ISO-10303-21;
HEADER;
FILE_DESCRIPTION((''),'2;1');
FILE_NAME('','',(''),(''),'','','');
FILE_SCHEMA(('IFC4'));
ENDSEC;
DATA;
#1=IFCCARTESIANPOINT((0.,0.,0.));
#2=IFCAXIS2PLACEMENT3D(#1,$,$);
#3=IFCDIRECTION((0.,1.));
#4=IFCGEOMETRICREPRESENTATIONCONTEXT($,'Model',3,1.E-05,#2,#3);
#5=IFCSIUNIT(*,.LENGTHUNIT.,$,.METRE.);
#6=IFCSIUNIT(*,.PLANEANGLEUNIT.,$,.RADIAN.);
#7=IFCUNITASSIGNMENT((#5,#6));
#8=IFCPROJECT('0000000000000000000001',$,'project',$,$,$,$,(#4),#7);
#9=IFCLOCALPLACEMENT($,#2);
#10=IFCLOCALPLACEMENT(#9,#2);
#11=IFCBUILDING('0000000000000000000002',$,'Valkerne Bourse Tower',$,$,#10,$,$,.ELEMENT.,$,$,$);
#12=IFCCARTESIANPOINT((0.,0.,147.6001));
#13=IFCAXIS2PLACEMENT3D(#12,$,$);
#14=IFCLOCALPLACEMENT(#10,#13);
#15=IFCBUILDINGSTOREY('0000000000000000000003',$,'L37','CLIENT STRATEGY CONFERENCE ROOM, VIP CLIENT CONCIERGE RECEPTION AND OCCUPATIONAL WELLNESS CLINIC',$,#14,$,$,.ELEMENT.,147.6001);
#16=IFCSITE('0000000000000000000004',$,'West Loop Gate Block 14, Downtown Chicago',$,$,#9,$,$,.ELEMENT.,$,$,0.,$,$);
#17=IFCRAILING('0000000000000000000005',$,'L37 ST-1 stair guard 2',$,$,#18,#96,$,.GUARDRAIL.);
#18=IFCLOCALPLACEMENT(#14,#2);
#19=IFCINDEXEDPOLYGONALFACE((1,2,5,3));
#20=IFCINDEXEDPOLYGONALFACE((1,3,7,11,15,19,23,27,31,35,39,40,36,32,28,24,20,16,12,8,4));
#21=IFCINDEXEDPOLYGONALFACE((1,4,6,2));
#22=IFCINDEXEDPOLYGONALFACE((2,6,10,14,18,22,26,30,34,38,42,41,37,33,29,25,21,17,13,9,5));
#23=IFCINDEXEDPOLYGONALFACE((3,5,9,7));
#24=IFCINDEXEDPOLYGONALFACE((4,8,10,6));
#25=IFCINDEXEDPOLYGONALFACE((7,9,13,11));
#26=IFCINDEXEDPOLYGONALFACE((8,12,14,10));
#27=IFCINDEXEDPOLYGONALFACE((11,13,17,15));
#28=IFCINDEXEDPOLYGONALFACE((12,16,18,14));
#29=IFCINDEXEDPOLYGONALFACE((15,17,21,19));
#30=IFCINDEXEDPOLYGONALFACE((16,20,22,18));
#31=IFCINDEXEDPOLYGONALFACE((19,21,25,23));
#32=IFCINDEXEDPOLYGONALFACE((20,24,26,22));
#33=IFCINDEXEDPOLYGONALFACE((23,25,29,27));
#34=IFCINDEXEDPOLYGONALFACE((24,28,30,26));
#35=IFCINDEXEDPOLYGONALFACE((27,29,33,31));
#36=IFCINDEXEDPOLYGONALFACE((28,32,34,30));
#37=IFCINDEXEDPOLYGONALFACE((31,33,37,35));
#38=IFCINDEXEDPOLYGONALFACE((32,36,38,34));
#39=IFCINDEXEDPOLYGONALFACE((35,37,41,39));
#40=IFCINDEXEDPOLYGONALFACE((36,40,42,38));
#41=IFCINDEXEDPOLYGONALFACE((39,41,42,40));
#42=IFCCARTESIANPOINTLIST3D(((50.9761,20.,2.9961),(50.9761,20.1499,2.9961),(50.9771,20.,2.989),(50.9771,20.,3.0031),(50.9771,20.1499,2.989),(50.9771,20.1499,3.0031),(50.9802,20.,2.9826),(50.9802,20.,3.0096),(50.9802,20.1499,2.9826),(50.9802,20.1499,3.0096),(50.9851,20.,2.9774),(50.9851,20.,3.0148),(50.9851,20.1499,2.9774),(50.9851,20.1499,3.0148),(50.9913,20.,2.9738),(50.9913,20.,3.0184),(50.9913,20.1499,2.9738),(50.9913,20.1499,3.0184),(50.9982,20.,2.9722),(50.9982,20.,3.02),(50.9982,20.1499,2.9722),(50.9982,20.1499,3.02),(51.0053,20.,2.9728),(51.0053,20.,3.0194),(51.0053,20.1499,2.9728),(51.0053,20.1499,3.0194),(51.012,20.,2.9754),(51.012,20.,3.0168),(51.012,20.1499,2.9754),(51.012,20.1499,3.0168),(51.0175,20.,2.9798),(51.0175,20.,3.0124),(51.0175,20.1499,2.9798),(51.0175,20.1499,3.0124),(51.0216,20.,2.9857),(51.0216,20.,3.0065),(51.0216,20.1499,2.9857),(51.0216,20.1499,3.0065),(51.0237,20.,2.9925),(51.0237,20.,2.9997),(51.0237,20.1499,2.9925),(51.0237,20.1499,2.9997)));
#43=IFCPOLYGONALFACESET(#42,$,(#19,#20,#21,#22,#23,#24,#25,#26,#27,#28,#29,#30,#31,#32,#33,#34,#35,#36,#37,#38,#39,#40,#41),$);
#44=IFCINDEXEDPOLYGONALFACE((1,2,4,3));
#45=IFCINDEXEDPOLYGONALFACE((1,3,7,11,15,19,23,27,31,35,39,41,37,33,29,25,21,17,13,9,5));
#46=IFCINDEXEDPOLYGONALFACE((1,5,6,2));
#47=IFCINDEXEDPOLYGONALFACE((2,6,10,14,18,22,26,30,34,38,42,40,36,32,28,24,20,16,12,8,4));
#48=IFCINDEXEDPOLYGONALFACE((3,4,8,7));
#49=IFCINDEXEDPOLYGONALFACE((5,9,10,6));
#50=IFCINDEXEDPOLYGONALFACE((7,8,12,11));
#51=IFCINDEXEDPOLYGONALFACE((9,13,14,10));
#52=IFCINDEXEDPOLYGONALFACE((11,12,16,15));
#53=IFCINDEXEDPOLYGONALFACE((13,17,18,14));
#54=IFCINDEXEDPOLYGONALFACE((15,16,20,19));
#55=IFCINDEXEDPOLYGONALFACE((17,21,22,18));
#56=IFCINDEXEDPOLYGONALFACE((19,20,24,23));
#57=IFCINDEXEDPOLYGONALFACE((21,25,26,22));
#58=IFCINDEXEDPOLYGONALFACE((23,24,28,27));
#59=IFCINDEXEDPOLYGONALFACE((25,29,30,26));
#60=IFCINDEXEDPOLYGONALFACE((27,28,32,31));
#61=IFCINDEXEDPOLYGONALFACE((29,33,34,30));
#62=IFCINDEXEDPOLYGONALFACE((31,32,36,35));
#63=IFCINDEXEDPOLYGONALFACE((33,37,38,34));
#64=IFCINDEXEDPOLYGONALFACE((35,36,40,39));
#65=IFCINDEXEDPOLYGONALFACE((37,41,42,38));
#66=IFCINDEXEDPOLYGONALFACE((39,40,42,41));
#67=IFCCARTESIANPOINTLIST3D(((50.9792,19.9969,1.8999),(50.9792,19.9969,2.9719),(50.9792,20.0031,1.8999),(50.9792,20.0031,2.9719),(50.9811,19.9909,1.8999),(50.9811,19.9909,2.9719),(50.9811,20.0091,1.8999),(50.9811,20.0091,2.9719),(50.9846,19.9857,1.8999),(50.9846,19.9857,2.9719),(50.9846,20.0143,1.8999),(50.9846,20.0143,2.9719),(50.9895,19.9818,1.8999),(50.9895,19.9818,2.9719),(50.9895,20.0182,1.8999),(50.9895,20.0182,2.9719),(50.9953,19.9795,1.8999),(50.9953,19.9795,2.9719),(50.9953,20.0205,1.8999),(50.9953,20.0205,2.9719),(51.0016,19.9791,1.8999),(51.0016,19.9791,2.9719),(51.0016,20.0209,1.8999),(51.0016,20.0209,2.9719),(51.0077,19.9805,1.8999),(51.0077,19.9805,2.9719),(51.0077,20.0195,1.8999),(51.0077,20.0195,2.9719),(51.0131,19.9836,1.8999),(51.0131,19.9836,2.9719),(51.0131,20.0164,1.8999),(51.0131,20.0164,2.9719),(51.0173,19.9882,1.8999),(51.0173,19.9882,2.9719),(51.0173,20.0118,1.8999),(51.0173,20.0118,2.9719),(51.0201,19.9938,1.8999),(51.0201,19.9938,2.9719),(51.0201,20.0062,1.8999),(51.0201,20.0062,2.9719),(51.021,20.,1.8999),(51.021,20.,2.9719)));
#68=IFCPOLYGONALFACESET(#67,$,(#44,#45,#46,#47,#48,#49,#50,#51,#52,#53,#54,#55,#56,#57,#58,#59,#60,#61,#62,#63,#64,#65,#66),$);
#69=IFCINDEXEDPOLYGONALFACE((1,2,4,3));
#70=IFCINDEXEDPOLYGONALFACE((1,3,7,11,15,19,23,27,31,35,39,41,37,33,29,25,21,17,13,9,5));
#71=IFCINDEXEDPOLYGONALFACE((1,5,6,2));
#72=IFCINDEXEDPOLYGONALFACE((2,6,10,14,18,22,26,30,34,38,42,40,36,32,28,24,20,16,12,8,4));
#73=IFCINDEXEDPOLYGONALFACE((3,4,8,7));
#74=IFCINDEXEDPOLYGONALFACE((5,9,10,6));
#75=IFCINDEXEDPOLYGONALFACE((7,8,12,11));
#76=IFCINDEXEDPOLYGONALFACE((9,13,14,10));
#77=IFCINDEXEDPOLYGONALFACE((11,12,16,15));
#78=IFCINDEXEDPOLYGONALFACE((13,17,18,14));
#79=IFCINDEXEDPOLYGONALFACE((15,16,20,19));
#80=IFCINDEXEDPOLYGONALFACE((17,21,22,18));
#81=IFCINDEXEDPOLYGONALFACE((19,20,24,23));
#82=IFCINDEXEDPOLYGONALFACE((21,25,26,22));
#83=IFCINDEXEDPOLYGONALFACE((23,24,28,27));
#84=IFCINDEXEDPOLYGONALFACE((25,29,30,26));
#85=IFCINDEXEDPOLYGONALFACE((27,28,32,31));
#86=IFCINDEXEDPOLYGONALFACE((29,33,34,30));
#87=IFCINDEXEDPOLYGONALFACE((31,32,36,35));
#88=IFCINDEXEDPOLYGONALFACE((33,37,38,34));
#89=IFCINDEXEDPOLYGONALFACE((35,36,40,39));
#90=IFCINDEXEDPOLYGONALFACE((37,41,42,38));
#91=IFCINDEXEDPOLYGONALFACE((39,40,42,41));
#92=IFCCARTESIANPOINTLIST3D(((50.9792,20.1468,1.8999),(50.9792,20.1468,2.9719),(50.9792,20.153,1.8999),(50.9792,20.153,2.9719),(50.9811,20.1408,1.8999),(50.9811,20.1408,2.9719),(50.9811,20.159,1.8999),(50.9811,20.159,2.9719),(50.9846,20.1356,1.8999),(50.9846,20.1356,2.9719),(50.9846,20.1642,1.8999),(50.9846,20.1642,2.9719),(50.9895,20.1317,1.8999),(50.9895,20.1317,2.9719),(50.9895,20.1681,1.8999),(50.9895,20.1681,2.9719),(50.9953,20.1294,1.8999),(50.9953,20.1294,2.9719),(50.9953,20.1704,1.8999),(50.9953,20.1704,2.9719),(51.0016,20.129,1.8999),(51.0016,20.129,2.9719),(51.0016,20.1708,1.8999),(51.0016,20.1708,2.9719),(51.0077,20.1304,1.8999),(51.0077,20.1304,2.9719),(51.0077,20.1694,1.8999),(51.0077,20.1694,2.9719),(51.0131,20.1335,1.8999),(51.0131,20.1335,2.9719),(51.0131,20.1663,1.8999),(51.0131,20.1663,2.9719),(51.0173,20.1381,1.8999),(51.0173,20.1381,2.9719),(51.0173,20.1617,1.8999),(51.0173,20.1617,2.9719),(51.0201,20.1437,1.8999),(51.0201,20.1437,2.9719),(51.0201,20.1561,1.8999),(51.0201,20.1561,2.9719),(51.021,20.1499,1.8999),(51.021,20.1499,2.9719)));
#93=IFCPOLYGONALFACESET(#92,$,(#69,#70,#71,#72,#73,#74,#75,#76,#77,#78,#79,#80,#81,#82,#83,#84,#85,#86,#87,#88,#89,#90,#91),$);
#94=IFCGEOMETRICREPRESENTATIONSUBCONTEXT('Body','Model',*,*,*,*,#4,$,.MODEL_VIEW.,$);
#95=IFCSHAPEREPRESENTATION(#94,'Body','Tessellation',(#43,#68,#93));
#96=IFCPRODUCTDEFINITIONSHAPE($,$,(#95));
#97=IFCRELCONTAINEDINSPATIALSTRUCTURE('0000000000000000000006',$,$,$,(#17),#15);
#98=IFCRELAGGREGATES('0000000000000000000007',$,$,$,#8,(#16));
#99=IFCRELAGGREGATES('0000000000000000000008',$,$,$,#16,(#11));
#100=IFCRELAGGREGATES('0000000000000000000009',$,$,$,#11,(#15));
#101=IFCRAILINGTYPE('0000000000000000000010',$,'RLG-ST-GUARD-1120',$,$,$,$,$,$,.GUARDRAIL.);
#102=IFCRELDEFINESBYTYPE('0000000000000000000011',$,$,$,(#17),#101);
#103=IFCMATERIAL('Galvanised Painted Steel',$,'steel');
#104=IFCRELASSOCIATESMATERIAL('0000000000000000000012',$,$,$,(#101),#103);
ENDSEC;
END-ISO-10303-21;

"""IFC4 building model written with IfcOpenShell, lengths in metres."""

from ifc_helpers import new_model, si_unit, direction, frame, origin, origin_2d, place, context, subcontext, project, spatial, circle, extrude, material, type_object, element, save


model = new_model("IFC4")

# Units and contexts
model_context = context("Model", 3, precision=1e-05, world=origin(), true_north=direction((0.0, 1.0)))
body_context = subcontext(model_context, "Body", "Model", "MODEL_VIEW")
ifc_project = project(units=[si_unit("LENGTHUNIT", "METRE"), si_unit("PLANEANGLEUNIT", "RADIAN")], contexts=[model_context])

# Site, building, storey
site_placement = place(None, origin())
site = spatial("IfcSite", under=ifc_project, at=site_placement, Name="West Loop Gate Block 14, Downtown Chicago", CompositionType="ELEMENT", RefElevation=0.0)
building_placement = place(site_placement, origin())
building = spatial("IfcBuilding", under=site, at=building_placement, Name="Valkerne Bourse Tower", CompositionType="ELEMENT")
storey_placement = place(building_placement, frame((0.0, 0.0, 147.6001)))
storey = spatial("IfcBuildingStorey", under=building, at=storey_placement, Name="L37", Description="CLIENT STRATEGY CONFERENCE ROOM, VIP CLIENT CONCIERGE RECEPTION AND OCCUPATIONAL WELLNESS CLINIC", CompositionType="ELEMENT", Elevation=147.6001)

# Shared definitions
ifc_material_1 = material(Name="Galvanised Painted Steel", Category="steel")

# Railing
railing_type_1 = type_object("IfcRailingType", Name="RLG-ST-GUARD-1120", PredefinedType="GUARDRAIL", material=ifc_material_1)
railing_1_placement = place(storey_placement, frame((51.0, 20.0, 1.8999)))
element("IfcRailing", 1, at=railing_1_placement, inside=storey, type_object=railing_type_1, Name="L37 ST-1 stair guard 2", PredefinedType="GUARDRAIL", context=body_context, shape_type="SweptSolid", body=[
    extrude(circle(Radius=0.0239, at=origin_2d()), frame((0.0, 0.0, 1.0962), z_axis=(0.0, 1.0, 0.0), x_axis=(-1.0, 0.0, 0.0)), (0.0, 0.0, 1.0), 0.1499),
    extrude(circle(Radius=0.021, at=origin_2d()), origin(), (0.0, 0.0, 1.0), 1.072),
    extrude(circle(Radius=0.021, at=origin_2d()), frame((0.0, 0.1499, 0.0)), (0.0, 0.0, 1.0), 1.072),
])

save(model, "model.ifc")
